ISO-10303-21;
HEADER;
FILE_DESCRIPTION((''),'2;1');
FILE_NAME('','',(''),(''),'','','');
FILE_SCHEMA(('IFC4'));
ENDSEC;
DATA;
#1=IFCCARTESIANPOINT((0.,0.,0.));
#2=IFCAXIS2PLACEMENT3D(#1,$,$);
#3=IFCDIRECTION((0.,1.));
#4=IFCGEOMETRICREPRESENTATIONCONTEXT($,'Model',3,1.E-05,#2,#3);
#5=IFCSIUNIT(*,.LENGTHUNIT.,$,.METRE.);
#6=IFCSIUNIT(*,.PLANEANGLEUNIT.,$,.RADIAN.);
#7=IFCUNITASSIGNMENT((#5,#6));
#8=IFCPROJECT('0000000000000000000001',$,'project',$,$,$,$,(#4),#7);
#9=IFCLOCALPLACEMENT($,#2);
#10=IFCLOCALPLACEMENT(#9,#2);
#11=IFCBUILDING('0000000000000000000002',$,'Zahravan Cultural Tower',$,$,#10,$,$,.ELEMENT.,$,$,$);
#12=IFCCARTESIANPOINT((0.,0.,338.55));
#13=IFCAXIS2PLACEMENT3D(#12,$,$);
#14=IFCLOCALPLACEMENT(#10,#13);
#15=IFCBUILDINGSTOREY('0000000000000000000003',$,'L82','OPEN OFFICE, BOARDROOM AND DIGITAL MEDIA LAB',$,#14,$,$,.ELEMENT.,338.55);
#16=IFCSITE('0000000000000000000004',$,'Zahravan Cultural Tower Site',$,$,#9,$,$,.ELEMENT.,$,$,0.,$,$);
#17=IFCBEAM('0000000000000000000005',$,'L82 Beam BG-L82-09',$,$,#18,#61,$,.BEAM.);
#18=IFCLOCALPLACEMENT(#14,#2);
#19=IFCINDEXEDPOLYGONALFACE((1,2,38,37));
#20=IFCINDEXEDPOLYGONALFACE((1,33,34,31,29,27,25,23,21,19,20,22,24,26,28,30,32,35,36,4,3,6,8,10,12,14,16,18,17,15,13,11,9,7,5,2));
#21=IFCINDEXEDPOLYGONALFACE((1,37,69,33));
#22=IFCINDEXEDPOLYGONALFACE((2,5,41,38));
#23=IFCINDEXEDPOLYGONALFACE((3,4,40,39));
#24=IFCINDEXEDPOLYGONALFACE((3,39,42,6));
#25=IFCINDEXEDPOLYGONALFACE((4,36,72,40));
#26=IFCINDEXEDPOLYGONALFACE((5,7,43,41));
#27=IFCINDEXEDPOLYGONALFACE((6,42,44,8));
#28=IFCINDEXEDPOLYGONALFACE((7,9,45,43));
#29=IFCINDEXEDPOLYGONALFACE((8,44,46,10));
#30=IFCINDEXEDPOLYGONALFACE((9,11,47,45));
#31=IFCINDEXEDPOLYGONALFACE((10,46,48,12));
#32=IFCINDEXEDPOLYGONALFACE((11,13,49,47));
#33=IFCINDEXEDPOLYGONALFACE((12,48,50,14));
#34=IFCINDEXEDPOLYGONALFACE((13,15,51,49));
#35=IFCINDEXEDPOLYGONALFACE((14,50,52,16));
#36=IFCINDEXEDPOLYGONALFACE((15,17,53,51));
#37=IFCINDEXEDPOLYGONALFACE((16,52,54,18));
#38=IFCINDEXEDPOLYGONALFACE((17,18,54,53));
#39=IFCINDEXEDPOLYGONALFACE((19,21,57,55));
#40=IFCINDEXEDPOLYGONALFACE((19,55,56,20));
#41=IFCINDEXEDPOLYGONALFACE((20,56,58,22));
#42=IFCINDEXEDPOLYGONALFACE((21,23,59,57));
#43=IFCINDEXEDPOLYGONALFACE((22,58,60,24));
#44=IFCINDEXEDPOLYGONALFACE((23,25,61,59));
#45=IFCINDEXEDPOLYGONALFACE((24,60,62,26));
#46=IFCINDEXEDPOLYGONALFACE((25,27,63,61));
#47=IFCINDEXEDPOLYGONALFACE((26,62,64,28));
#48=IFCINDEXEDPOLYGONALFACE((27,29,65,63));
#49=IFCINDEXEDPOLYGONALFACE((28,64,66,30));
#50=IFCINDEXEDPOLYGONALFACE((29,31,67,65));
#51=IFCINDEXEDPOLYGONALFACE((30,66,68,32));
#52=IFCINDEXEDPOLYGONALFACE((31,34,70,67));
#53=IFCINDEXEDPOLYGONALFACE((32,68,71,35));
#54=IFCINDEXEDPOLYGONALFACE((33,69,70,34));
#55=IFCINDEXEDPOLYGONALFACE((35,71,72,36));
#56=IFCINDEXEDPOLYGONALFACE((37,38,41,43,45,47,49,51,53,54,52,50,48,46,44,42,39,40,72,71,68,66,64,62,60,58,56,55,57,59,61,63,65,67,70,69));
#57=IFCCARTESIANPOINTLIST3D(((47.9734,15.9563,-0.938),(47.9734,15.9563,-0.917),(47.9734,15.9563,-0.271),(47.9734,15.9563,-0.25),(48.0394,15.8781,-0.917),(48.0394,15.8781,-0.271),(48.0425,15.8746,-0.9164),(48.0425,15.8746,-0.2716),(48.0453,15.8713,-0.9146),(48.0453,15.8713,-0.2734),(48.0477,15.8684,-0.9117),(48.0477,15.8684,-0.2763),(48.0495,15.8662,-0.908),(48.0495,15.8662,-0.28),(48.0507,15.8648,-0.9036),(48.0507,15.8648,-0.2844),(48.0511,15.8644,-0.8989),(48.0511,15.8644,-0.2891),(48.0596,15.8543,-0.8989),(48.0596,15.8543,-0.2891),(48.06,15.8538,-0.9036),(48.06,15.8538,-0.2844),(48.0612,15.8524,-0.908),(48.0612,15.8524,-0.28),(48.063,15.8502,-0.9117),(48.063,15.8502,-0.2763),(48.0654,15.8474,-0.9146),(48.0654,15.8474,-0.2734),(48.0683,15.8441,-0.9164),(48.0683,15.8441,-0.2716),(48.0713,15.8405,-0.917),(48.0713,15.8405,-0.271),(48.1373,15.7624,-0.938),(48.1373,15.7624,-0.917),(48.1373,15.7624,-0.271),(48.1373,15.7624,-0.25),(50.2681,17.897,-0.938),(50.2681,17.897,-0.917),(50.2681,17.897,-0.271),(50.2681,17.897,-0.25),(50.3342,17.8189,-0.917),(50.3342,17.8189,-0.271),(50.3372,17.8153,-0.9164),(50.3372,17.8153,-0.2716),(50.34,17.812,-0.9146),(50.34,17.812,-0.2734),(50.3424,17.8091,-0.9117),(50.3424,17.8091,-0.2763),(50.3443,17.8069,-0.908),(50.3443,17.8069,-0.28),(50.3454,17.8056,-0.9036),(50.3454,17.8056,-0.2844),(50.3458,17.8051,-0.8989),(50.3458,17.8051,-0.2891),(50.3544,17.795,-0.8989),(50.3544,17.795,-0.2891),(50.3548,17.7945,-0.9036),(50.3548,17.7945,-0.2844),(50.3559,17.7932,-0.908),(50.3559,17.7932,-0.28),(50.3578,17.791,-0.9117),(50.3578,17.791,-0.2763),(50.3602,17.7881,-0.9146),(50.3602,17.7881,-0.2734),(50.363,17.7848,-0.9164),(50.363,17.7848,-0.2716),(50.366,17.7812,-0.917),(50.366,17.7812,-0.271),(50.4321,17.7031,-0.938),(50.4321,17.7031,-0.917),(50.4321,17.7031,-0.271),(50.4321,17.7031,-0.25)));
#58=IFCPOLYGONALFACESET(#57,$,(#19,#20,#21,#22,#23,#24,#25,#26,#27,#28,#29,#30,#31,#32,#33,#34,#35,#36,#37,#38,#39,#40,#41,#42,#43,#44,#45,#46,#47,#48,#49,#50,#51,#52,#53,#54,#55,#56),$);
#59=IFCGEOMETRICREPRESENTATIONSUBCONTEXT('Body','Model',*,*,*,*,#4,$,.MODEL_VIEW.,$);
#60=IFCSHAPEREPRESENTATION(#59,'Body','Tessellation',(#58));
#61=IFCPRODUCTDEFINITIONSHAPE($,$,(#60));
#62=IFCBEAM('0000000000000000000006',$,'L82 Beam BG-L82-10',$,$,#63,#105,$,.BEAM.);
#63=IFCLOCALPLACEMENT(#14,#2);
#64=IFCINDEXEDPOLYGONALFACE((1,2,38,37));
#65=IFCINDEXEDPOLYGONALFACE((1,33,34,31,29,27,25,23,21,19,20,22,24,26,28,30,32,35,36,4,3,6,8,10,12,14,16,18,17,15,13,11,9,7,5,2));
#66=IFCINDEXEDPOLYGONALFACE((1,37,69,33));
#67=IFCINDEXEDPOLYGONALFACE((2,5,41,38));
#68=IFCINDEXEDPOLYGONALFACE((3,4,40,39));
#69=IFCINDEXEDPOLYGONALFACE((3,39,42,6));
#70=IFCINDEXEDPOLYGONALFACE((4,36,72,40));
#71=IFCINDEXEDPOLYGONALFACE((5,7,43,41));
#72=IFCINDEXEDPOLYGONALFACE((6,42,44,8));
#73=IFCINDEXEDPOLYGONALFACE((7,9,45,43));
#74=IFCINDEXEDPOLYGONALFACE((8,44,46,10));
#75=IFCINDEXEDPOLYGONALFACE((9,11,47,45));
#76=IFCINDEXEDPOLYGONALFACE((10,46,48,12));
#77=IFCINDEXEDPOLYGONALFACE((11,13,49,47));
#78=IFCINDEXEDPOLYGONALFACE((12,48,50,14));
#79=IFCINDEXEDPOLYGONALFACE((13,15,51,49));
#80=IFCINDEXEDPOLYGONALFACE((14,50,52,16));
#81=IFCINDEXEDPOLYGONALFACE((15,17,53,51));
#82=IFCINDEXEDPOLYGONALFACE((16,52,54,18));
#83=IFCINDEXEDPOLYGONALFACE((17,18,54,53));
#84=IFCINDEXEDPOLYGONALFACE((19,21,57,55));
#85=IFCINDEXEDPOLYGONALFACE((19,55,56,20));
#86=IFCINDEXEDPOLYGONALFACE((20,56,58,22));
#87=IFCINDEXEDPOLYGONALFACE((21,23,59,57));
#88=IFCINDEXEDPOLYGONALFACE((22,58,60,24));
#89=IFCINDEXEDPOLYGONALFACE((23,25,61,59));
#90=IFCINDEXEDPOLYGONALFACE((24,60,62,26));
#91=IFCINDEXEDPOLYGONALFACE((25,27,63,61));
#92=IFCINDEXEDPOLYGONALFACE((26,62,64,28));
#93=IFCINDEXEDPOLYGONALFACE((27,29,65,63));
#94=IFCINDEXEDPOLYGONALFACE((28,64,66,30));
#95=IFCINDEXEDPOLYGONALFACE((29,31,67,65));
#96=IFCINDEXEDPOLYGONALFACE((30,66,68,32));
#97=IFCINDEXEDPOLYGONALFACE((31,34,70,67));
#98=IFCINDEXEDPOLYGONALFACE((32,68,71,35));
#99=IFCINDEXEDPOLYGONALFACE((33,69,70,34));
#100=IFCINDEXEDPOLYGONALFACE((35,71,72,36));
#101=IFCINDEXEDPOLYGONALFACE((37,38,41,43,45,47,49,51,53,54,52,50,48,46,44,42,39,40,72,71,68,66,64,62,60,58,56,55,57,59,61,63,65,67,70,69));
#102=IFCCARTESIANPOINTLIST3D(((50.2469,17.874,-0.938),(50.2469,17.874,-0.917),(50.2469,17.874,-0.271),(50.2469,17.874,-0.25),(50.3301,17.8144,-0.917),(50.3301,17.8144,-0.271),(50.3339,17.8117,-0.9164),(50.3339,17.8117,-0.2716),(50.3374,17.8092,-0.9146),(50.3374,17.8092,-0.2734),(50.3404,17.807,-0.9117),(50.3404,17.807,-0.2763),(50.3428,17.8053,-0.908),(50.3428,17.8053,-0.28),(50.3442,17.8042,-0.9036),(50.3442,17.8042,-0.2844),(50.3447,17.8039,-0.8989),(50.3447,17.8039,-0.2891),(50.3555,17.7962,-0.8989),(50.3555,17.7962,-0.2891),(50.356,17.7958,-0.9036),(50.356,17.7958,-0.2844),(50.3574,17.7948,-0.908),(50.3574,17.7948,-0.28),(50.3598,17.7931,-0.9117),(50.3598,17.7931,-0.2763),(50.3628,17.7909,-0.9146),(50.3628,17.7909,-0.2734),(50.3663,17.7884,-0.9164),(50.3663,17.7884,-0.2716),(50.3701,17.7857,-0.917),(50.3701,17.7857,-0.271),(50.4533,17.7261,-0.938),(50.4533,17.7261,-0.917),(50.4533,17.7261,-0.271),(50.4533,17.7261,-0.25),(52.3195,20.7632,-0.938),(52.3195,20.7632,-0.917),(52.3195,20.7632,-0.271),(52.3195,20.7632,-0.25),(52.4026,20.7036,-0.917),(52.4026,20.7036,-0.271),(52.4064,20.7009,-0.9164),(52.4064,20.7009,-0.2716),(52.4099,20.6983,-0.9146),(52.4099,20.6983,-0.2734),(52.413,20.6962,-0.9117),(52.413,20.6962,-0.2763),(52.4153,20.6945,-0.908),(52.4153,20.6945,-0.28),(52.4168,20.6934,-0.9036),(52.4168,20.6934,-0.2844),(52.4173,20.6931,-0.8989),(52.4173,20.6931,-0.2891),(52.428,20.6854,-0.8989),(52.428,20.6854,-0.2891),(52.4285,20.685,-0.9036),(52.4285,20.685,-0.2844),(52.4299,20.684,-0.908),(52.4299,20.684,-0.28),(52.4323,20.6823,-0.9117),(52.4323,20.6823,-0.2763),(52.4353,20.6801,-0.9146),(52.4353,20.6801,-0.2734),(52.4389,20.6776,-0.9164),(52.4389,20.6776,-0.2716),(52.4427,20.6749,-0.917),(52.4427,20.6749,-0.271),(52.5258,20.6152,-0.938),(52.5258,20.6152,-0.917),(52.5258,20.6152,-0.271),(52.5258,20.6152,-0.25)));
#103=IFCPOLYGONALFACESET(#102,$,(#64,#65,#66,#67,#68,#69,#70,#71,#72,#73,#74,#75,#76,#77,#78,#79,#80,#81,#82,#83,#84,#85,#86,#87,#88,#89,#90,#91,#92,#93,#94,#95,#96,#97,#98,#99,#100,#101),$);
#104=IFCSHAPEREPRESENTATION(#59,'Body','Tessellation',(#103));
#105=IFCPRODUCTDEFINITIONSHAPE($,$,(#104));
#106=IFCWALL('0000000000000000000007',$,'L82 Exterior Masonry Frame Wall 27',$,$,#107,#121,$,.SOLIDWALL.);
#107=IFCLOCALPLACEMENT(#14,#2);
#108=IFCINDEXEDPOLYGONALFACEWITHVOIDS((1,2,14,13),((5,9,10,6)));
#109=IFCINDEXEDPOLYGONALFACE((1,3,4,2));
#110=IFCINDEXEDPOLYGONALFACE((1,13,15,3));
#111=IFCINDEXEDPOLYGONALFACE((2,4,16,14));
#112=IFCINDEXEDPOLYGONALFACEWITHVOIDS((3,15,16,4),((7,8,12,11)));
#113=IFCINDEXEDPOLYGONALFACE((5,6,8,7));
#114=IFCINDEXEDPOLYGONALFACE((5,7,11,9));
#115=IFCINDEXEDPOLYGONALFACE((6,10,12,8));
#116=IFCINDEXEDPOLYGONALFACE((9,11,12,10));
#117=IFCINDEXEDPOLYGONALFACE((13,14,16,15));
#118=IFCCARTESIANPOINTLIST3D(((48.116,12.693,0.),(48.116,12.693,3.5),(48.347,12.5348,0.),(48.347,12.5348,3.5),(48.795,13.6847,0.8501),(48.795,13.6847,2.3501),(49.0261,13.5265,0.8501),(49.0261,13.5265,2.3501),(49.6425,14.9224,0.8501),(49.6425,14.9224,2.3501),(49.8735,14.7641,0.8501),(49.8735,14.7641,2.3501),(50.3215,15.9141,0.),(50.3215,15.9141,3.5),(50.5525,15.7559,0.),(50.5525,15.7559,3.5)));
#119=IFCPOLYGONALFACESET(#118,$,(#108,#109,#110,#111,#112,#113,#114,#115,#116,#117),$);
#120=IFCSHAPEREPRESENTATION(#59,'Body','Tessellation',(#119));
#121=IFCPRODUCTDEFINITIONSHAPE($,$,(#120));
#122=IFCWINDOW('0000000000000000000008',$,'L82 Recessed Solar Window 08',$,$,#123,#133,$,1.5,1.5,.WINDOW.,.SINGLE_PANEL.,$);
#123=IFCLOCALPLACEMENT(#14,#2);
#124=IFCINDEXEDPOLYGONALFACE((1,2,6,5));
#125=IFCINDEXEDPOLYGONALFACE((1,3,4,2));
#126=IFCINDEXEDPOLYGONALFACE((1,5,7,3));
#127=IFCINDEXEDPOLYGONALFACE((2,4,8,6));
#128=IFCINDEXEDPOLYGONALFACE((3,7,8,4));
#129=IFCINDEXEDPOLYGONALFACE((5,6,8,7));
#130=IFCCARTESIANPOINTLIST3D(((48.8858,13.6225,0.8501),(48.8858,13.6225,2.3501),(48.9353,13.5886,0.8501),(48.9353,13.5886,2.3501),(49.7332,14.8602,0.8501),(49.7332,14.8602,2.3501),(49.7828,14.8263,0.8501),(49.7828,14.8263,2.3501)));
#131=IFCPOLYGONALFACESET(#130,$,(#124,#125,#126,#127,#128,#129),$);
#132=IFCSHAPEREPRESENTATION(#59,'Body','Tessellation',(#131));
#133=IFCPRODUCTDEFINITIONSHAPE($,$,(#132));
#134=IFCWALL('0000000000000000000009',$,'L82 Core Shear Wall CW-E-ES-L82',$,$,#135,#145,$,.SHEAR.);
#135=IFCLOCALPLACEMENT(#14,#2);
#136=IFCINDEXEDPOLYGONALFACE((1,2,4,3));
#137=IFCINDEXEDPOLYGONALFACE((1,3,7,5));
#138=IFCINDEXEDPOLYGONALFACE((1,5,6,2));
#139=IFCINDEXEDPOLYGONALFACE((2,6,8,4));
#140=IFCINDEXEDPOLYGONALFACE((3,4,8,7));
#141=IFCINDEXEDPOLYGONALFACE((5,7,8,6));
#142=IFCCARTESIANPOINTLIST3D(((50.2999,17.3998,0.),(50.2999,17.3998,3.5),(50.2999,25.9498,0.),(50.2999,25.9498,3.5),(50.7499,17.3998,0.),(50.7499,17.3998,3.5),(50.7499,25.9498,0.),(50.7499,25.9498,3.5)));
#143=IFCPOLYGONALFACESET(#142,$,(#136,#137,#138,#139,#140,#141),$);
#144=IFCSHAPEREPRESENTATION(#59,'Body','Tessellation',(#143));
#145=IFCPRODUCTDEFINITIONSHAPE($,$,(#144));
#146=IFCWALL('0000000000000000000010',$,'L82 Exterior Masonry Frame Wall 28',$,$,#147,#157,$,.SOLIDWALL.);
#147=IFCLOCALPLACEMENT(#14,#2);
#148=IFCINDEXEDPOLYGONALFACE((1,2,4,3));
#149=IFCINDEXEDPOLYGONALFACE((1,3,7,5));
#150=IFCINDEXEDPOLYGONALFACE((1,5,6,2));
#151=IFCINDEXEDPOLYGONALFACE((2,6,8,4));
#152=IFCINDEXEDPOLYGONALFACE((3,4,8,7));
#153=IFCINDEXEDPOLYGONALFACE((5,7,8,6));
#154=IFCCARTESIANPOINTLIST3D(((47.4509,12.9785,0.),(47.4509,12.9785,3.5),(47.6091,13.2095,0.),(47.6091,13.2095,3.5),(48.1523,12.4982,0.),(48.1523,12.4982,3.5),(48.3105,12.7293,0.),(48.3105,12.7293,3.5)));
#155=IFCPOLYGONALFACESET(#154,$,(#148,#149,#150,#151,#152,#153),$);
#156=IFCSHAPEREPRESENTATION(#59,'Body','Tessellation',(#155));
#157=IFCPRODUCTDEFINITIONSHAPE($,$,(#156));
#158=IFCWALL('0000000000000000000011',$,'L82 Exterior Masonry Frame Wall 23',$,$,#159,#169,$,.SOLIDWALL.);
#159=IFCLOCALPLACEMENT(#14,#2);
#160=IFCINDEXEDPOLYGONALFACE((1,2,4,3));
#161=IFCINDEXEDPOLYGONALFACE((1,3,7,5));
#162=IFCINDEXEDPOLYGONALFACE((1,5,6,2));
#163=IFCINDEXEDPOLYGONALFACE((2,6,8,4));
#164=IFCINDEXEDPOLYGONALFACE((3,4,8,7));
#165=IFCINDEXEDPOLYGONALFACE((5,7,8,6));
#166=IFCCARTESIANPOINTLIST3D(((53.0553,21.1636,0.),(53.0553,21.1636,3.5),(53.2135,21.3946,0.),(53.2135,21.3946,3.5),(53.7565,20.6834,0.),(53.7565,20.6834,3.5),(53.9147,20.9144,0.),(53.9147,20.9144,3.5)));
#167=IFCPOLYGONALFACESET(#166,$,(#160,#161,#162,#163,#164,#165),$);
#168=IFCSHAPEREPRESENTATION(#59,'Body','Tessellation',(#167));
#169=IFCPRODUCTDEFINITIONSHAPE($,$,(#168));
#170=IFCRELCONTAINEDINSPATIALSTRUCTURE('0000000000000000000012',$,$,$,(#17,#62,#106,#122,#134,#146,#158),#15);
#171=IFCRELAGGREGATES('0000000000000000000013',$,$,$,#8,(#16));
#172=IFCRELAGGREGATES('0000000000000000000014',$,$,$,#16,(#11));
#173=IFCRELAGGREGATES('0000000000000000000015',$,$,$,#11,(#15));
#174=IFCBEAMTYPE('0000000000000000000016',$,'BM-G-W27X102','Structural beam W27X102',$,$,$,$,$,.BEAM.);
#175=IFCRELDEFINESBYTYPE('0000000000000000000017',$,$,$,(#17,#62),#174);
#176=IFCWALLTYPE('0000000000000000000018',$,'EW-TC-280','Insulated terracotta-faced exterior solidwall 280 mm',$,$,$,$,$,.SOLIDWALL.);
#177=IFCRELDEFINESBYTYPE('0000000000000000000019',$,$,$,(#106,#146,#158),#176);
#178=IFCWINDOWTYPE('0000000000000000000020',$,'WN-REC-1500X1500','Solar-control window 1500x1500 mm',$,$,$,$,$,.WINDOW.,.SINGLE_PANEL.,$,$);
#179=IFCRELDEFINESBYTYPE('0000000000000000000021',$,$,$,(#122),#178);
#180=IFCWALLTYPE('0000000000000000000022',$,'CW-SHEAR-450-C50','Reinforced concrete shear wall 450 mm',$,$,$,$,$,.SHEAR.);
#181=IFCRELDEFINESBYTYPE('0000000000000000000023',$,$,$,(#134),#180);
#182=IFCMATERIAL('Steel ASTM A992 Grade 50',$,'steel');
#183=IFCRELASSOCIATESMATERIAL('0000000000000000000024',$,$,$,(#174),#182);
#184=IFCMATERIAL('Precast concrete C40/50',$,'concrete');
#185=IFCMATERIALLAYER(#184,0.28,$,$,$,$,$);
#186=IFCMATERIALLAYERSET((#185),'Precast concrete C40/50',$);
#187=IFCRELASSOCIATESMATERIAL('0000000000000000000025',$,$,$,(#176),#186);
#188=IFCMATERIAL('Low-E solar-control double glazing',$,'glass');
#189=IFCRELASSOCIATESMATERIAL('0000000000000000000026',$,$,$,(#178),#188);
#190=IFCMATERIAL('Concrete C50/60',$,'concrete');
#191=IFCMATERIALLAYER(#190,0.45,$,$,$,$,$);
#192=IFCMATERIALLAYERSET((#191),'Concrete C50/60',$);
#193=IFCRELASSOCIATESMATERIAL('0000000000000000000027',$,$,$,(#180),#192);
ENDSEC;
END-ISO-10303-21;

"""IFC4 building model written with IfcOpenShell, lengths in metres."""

from ifc_helpers import new_model, si_unit, direction, frame, frame_2d, origin, origin_2d, place, context, subcontext, project, spatial, rectangle, i_section, extrude, source, transform, mapped, material, layer, layer_set, material_profile, profile_set, type_object, element, fill, save


model = new_model("IFC4")

# Units and contexts
model_context = context("Model", 3, precision=1e-05, world=origin(), true_north=direction((0.0, 1.0)))
body_context = subcontext(model_context, "Body", "Model", "MODEL_VIEW")
ifc_project = project(units=[si_unit("LENGTHUNIT", "METRE"), si_unit("PLANEANGLEUNIT", "RADIAN")], contexts=[model_context])

# Site, building, storey
site_placement = place(None, origin())
site = spatial("IfcSite", under=ifc_project, at=site_placement, Name="Zahravan Cultural Tower Site", CompositionType="ELEMENT", RefElevation=0.0)
building_placement = place(site_placement, origin())
building = spatial("IfcBuilding", under=site, at=building_placement, Name="Zahravan Cultural Tower", CompositionType="ELEMENT")
storey_placement = place(building_placement, frame((0.0, 0.0, 338.55)))
storey = spatial("IfcBuildingStorey", under=building, at=storey_placement, Name="L82", Description="OPEN OFFICE, BOARDROOM AND DIGITAL MEDIA LAB", CompositionType="ELEMENT", Elevation=338.55)

# Shared definitions
ifc_material_1 = material(Name="Concrete C50/60", Category="concrete")
ifc_material_2 = material(Name="Steel ASTM A992 Grade 50", Category="steel")

# Beams
ifc_material_profile_1 = material_profile(ifc_material_2, i_section(OverallWidth=0.2539, OverallDepth=0.688, WebThickness=0.0132, FlangeThickness=0.021, FilletRadius=0.0181, at=origin_2d()), Name="W27X102")
ifc_profile_set_1 = profile_set([ifc_material_profile_1], Name="Steel ASTM A992 Grade 50")
beam_type_1 = type_object("IfcBeamType", Name="BM-G-W27X102", Description="Structural beam W27X102", PredefinedType="BEAM", material=ifc_profile_set_1)
shared_shape_1 = source(origin(), body_context, "Body", "SweptSolid", [
    extrude(i_section(OverallWidth=0.2539, OverallDepth=0.688, WebThickness=0.0132, FlangeThickness=0.021, FilletRadius=0.0181, at=origin_2d()), origin(), (0.0, 0.0, 1.0), 3.0054),
])
beam_1_placement = place(storey_placement, frame((50.3501, 17.8, -0.594), z_axis=(-0.763546, -0.645753, 0.0), x_axis=(0.645753, -0.763546, 0.0)))
element("IfcBeam", 1, at=beam_1_placement, inside=storey, type_object=beam_type_1, Name="L82 Beam BG-L82-09", PredefinedType="BEAM", context=body_context, shape_type="MappedRepresentation", body=[
    mapped(shared_shape_1, transform((0.0, 0.0, 0.0), x_axis=(1.0, 0.0, 0.0), y_axis=(0.0, 1.0, 0.0), z_axis=(0.0, 0.0, 1.0), scale=1.0)),
])
shared_shape_2 = source(origin(), body_context, "Body", "SweptSolid", [
    extrude(i_section(OverallWidth=0.2539, OverallDepth=0.688, WebThickness=0.0132, FlangeThickness=0.021, FilletRadius=0.0181, at=origin_2d()), origin(), (0.0, 0.0, 1.0), 3.5557),
])
beam_2_placement = place(storey_placement, frame((50.3501, 17.8, -0.594), z_axis=(0.58288, 0.812558, 0.0), x_axis=(-0.812558, 0.58288, 0.0)))
element("IfcBeam", 2, at=beam_2_placement, inside=storey, type_object=beam_type_1, Name="L82 Beam BG-L82-10", PredefinedType="BEAM", context=body_context, shape_type="MappedRepresentation", body=[
    mapped(shared_shape_2, transform((0.0, 0.0, 0.0), x_axis=(1.0, 0.0, 0.0), y_axis=(0.0, 1.0, 0.0), z_axis=(0.0, 0.0, 1.0), scale=1.0)),
])

# Wall, opening, window
ifc_material_3 = material(Name="Precast concrete C40/50", Category="concrete")
ifc_layer_1 = layer(ifc_material_3, 0.28)
ifc_layer_set_1 = layer_set([ifc_layer_1], Name="Precast concrete C40/50")
wall_type_1 = type_object("IfcWallType", Name="EW-TC-280", Description="Insulated terracotta-faced exterior solidwall 280 mm", PredefinedType="SOLIDWALL", material=ifc_layer_set_1)
wall_1_placement = place(storey_placement, frame((50.437, 15.835, 0.0), z_axis=(0.0, 0.0, 1.0), x_axis=(-0.564962, -0.825117, 0.0)))
wall_1 = element("IfcWall", 3, at=wall_1_placement, inside=storey, type_object=wall_type_1, Name="L82 Exterior Masonry Frame Wall 27", PredefinedType="SOLIDWALL", context=body_context, shape_type="SweptSolid", body=[
    extrude(rectangle(XDim=3.9038, YDim=0.28, at=frame_2d((1.9519, 0.0))), origin(), (0.0, 0.0, 1.0), 3.5),
])
opening_placement = place(wall_1_placement, frame((1.2019, 0.0, 0.8501)))
opening = element("IfcOpeningElement", 4, at=opening_placement, cuts=wall_1, PredefinedType="OPENING", context=body_context, shape_type="SweptSolid", body=[
    extrude(rectangle(XDim=1.5, YDim=1.5, at=frame_2d((0.75, 0.75))), frame((0.0, 0.1499, 0.0), z_axis=(0.0, -1.0, 0.0), x_axis=(1.0, 0.0, 0.0)), (0.0, 0.0, 1.0), 0.3),
])
ifc_material_4 = material(Name="Low-E solar-control double glazing", Category="glass")
window_type = type_object("IfcWindowType", Name="WN-REC-1500X1500", Description="Solar-control window 1500x1500 mm", PartitioningType="SINGLE_PANEL", PredefinedType="WINDOW", material=ifc_material_4)
shared_shape_3 = source(origin(), body_context, "Body", "SweptSolid", [
    extrude(rectangle(XDim=1.5, YDim=1.5, at=frame_2d((0.75, 0.75))), frame((0.0, 0.03, 0.0), z_axis=(0.0, -1.0, 0.0), x_axis=(1.0, 0.0, 0.0)), (0.0, 0.0, 1.0), 0.0601),
])
window_placement = place(opening_placement, origin())
window = element("IfcWindow", 5, at=window_placement, inside=storey, type_object=window_type, Name="L82 Recessed Solar Window 08", OverallHeight=1.5, OverallWidth=1.5, PartitioningType="SINGLE_PANEL", PredefinedType="WINDOW", context=body_context, shape_type="MappedRepresentation", body=[
    mapped(shared_shape_3, transform((0.0, 0.0, 0.0), x_axis=(1.0, 0.0, 0.0), y_axis=(0.0, 1.0, 0.0), z_axis=(0.0, 0.0, 1.0), scale=1.0)),
])
fill(opening, window)

# Walls
ifc_layer_2 = layer(ifc_material_1, 0.45)
ifc_layer_set_2 = layer_set([ifc_layer_2], Name="Concrete C50/60")
wall_type_2 = type_object("IfcWallType", Name="CW-SHEAR-450-C50", Description="Reinforced concrete shear wall 450 mm", PredefinedType="SHEAR", material=ifc_layer_set_2)
shared_shape_4 = source(origin(), body_context, "Body", "SweptSolid", [
    extrude(rectangle(XDim=8.55, YDim=0.45, at=frame_2d((4.2749, 0.0))), origin(), (0.0, 0.0, 1.0), 3.5),
])
wall_2_placement = place(storey_placement, frame((50.5249, 17.3999, 0.0), z_axis=(0.0, 0.0, 1.0), x_axis=(0.0, 1.0, 0.0)))
element("IfcWall", 6, at=wall_2_placement, inside=storey, type_object=wall_type_2, Name="L82 Core Shear Wall CW-E-ES-L82", PredefinedType="SHEAR", context=body_context, shape_type="MappedRepresentation", body=[
    mapped(shared_shape_4, transform((0.0, 0.0, 0.0), x_axis=(1.0, 0.0, 0.0), y_axis=(0.0, 1.0, 0.0), z_axis=(0.0, 0.0, 1.0), scale=1.0)),
])
shared_shape_5 = source(origin(), body_context, "Body", "SweptSolid", [
    extrude(rectangle(XDim=0.8501, YDim=0.28, at=frame_2d((0.425, 0.0))), origin(), (0.0, 0.0, 1.0), 3.5),
])
wall_3_placement = place(storey_placement, frame((48.2314, 12.6138, 0.0), z_axis=(0.0, 0.0, 1.0), x_axis=(-0.825138, 0.564931, 0.0)))
element("IfcWall", 7, at=wall_3_placement, inside=storey, type_object=wall_type_1, Name="L82 Exterior Masonry Frame Wall 28", PredefinedType="SOLIDWALL", context=body_context, shape_type="MappedRepresentation", body=[
    mapped(shared_shape_5, transform((0.0, 0.0, 0.0), x_axis=(1.0, 0.0, 0.0), y_axis=(0.0, 1.0, 0.0), z_axis=(0.0, 0.0, 1.0), scale=1.0)),
])
shared_shape_6 = source(origin(), body_context, "Body", "SweptSolid", [
    extrude(rectangle(XDim=0.8499, YDim=0.28, at=frame_2d((0.4248, 0.0))), origin(), (0.0, 0.0, 1.0), 3.5),
])
wall_4_placement = place(storey_placement, frame((53.1345, 21.2791, 0.0), z_axis=(0.0, 0.0, 1.0), x_axis=(0.825046, -0.565065, 0.0)))
element("IfcWall", 8, at=wall_4_placement, inside=storey, type_object=wall_type_1, Name="L82 Exterior Masonry Frame Wall 23", PredefinedType="SOLIDWALL", context=body_context, shape_type="MappedRepresentation", body=[
    mapped(shared_shape_6, transform((0.0, 0.0, 0.0), x_axis=(1.0, 0.0, 0.0), y_axis=(0.0, 1.0, 0.0), z_axis=(0.0, 0.0, 1.0), scale=1.0)),
])

save(model, "model.ifc")
